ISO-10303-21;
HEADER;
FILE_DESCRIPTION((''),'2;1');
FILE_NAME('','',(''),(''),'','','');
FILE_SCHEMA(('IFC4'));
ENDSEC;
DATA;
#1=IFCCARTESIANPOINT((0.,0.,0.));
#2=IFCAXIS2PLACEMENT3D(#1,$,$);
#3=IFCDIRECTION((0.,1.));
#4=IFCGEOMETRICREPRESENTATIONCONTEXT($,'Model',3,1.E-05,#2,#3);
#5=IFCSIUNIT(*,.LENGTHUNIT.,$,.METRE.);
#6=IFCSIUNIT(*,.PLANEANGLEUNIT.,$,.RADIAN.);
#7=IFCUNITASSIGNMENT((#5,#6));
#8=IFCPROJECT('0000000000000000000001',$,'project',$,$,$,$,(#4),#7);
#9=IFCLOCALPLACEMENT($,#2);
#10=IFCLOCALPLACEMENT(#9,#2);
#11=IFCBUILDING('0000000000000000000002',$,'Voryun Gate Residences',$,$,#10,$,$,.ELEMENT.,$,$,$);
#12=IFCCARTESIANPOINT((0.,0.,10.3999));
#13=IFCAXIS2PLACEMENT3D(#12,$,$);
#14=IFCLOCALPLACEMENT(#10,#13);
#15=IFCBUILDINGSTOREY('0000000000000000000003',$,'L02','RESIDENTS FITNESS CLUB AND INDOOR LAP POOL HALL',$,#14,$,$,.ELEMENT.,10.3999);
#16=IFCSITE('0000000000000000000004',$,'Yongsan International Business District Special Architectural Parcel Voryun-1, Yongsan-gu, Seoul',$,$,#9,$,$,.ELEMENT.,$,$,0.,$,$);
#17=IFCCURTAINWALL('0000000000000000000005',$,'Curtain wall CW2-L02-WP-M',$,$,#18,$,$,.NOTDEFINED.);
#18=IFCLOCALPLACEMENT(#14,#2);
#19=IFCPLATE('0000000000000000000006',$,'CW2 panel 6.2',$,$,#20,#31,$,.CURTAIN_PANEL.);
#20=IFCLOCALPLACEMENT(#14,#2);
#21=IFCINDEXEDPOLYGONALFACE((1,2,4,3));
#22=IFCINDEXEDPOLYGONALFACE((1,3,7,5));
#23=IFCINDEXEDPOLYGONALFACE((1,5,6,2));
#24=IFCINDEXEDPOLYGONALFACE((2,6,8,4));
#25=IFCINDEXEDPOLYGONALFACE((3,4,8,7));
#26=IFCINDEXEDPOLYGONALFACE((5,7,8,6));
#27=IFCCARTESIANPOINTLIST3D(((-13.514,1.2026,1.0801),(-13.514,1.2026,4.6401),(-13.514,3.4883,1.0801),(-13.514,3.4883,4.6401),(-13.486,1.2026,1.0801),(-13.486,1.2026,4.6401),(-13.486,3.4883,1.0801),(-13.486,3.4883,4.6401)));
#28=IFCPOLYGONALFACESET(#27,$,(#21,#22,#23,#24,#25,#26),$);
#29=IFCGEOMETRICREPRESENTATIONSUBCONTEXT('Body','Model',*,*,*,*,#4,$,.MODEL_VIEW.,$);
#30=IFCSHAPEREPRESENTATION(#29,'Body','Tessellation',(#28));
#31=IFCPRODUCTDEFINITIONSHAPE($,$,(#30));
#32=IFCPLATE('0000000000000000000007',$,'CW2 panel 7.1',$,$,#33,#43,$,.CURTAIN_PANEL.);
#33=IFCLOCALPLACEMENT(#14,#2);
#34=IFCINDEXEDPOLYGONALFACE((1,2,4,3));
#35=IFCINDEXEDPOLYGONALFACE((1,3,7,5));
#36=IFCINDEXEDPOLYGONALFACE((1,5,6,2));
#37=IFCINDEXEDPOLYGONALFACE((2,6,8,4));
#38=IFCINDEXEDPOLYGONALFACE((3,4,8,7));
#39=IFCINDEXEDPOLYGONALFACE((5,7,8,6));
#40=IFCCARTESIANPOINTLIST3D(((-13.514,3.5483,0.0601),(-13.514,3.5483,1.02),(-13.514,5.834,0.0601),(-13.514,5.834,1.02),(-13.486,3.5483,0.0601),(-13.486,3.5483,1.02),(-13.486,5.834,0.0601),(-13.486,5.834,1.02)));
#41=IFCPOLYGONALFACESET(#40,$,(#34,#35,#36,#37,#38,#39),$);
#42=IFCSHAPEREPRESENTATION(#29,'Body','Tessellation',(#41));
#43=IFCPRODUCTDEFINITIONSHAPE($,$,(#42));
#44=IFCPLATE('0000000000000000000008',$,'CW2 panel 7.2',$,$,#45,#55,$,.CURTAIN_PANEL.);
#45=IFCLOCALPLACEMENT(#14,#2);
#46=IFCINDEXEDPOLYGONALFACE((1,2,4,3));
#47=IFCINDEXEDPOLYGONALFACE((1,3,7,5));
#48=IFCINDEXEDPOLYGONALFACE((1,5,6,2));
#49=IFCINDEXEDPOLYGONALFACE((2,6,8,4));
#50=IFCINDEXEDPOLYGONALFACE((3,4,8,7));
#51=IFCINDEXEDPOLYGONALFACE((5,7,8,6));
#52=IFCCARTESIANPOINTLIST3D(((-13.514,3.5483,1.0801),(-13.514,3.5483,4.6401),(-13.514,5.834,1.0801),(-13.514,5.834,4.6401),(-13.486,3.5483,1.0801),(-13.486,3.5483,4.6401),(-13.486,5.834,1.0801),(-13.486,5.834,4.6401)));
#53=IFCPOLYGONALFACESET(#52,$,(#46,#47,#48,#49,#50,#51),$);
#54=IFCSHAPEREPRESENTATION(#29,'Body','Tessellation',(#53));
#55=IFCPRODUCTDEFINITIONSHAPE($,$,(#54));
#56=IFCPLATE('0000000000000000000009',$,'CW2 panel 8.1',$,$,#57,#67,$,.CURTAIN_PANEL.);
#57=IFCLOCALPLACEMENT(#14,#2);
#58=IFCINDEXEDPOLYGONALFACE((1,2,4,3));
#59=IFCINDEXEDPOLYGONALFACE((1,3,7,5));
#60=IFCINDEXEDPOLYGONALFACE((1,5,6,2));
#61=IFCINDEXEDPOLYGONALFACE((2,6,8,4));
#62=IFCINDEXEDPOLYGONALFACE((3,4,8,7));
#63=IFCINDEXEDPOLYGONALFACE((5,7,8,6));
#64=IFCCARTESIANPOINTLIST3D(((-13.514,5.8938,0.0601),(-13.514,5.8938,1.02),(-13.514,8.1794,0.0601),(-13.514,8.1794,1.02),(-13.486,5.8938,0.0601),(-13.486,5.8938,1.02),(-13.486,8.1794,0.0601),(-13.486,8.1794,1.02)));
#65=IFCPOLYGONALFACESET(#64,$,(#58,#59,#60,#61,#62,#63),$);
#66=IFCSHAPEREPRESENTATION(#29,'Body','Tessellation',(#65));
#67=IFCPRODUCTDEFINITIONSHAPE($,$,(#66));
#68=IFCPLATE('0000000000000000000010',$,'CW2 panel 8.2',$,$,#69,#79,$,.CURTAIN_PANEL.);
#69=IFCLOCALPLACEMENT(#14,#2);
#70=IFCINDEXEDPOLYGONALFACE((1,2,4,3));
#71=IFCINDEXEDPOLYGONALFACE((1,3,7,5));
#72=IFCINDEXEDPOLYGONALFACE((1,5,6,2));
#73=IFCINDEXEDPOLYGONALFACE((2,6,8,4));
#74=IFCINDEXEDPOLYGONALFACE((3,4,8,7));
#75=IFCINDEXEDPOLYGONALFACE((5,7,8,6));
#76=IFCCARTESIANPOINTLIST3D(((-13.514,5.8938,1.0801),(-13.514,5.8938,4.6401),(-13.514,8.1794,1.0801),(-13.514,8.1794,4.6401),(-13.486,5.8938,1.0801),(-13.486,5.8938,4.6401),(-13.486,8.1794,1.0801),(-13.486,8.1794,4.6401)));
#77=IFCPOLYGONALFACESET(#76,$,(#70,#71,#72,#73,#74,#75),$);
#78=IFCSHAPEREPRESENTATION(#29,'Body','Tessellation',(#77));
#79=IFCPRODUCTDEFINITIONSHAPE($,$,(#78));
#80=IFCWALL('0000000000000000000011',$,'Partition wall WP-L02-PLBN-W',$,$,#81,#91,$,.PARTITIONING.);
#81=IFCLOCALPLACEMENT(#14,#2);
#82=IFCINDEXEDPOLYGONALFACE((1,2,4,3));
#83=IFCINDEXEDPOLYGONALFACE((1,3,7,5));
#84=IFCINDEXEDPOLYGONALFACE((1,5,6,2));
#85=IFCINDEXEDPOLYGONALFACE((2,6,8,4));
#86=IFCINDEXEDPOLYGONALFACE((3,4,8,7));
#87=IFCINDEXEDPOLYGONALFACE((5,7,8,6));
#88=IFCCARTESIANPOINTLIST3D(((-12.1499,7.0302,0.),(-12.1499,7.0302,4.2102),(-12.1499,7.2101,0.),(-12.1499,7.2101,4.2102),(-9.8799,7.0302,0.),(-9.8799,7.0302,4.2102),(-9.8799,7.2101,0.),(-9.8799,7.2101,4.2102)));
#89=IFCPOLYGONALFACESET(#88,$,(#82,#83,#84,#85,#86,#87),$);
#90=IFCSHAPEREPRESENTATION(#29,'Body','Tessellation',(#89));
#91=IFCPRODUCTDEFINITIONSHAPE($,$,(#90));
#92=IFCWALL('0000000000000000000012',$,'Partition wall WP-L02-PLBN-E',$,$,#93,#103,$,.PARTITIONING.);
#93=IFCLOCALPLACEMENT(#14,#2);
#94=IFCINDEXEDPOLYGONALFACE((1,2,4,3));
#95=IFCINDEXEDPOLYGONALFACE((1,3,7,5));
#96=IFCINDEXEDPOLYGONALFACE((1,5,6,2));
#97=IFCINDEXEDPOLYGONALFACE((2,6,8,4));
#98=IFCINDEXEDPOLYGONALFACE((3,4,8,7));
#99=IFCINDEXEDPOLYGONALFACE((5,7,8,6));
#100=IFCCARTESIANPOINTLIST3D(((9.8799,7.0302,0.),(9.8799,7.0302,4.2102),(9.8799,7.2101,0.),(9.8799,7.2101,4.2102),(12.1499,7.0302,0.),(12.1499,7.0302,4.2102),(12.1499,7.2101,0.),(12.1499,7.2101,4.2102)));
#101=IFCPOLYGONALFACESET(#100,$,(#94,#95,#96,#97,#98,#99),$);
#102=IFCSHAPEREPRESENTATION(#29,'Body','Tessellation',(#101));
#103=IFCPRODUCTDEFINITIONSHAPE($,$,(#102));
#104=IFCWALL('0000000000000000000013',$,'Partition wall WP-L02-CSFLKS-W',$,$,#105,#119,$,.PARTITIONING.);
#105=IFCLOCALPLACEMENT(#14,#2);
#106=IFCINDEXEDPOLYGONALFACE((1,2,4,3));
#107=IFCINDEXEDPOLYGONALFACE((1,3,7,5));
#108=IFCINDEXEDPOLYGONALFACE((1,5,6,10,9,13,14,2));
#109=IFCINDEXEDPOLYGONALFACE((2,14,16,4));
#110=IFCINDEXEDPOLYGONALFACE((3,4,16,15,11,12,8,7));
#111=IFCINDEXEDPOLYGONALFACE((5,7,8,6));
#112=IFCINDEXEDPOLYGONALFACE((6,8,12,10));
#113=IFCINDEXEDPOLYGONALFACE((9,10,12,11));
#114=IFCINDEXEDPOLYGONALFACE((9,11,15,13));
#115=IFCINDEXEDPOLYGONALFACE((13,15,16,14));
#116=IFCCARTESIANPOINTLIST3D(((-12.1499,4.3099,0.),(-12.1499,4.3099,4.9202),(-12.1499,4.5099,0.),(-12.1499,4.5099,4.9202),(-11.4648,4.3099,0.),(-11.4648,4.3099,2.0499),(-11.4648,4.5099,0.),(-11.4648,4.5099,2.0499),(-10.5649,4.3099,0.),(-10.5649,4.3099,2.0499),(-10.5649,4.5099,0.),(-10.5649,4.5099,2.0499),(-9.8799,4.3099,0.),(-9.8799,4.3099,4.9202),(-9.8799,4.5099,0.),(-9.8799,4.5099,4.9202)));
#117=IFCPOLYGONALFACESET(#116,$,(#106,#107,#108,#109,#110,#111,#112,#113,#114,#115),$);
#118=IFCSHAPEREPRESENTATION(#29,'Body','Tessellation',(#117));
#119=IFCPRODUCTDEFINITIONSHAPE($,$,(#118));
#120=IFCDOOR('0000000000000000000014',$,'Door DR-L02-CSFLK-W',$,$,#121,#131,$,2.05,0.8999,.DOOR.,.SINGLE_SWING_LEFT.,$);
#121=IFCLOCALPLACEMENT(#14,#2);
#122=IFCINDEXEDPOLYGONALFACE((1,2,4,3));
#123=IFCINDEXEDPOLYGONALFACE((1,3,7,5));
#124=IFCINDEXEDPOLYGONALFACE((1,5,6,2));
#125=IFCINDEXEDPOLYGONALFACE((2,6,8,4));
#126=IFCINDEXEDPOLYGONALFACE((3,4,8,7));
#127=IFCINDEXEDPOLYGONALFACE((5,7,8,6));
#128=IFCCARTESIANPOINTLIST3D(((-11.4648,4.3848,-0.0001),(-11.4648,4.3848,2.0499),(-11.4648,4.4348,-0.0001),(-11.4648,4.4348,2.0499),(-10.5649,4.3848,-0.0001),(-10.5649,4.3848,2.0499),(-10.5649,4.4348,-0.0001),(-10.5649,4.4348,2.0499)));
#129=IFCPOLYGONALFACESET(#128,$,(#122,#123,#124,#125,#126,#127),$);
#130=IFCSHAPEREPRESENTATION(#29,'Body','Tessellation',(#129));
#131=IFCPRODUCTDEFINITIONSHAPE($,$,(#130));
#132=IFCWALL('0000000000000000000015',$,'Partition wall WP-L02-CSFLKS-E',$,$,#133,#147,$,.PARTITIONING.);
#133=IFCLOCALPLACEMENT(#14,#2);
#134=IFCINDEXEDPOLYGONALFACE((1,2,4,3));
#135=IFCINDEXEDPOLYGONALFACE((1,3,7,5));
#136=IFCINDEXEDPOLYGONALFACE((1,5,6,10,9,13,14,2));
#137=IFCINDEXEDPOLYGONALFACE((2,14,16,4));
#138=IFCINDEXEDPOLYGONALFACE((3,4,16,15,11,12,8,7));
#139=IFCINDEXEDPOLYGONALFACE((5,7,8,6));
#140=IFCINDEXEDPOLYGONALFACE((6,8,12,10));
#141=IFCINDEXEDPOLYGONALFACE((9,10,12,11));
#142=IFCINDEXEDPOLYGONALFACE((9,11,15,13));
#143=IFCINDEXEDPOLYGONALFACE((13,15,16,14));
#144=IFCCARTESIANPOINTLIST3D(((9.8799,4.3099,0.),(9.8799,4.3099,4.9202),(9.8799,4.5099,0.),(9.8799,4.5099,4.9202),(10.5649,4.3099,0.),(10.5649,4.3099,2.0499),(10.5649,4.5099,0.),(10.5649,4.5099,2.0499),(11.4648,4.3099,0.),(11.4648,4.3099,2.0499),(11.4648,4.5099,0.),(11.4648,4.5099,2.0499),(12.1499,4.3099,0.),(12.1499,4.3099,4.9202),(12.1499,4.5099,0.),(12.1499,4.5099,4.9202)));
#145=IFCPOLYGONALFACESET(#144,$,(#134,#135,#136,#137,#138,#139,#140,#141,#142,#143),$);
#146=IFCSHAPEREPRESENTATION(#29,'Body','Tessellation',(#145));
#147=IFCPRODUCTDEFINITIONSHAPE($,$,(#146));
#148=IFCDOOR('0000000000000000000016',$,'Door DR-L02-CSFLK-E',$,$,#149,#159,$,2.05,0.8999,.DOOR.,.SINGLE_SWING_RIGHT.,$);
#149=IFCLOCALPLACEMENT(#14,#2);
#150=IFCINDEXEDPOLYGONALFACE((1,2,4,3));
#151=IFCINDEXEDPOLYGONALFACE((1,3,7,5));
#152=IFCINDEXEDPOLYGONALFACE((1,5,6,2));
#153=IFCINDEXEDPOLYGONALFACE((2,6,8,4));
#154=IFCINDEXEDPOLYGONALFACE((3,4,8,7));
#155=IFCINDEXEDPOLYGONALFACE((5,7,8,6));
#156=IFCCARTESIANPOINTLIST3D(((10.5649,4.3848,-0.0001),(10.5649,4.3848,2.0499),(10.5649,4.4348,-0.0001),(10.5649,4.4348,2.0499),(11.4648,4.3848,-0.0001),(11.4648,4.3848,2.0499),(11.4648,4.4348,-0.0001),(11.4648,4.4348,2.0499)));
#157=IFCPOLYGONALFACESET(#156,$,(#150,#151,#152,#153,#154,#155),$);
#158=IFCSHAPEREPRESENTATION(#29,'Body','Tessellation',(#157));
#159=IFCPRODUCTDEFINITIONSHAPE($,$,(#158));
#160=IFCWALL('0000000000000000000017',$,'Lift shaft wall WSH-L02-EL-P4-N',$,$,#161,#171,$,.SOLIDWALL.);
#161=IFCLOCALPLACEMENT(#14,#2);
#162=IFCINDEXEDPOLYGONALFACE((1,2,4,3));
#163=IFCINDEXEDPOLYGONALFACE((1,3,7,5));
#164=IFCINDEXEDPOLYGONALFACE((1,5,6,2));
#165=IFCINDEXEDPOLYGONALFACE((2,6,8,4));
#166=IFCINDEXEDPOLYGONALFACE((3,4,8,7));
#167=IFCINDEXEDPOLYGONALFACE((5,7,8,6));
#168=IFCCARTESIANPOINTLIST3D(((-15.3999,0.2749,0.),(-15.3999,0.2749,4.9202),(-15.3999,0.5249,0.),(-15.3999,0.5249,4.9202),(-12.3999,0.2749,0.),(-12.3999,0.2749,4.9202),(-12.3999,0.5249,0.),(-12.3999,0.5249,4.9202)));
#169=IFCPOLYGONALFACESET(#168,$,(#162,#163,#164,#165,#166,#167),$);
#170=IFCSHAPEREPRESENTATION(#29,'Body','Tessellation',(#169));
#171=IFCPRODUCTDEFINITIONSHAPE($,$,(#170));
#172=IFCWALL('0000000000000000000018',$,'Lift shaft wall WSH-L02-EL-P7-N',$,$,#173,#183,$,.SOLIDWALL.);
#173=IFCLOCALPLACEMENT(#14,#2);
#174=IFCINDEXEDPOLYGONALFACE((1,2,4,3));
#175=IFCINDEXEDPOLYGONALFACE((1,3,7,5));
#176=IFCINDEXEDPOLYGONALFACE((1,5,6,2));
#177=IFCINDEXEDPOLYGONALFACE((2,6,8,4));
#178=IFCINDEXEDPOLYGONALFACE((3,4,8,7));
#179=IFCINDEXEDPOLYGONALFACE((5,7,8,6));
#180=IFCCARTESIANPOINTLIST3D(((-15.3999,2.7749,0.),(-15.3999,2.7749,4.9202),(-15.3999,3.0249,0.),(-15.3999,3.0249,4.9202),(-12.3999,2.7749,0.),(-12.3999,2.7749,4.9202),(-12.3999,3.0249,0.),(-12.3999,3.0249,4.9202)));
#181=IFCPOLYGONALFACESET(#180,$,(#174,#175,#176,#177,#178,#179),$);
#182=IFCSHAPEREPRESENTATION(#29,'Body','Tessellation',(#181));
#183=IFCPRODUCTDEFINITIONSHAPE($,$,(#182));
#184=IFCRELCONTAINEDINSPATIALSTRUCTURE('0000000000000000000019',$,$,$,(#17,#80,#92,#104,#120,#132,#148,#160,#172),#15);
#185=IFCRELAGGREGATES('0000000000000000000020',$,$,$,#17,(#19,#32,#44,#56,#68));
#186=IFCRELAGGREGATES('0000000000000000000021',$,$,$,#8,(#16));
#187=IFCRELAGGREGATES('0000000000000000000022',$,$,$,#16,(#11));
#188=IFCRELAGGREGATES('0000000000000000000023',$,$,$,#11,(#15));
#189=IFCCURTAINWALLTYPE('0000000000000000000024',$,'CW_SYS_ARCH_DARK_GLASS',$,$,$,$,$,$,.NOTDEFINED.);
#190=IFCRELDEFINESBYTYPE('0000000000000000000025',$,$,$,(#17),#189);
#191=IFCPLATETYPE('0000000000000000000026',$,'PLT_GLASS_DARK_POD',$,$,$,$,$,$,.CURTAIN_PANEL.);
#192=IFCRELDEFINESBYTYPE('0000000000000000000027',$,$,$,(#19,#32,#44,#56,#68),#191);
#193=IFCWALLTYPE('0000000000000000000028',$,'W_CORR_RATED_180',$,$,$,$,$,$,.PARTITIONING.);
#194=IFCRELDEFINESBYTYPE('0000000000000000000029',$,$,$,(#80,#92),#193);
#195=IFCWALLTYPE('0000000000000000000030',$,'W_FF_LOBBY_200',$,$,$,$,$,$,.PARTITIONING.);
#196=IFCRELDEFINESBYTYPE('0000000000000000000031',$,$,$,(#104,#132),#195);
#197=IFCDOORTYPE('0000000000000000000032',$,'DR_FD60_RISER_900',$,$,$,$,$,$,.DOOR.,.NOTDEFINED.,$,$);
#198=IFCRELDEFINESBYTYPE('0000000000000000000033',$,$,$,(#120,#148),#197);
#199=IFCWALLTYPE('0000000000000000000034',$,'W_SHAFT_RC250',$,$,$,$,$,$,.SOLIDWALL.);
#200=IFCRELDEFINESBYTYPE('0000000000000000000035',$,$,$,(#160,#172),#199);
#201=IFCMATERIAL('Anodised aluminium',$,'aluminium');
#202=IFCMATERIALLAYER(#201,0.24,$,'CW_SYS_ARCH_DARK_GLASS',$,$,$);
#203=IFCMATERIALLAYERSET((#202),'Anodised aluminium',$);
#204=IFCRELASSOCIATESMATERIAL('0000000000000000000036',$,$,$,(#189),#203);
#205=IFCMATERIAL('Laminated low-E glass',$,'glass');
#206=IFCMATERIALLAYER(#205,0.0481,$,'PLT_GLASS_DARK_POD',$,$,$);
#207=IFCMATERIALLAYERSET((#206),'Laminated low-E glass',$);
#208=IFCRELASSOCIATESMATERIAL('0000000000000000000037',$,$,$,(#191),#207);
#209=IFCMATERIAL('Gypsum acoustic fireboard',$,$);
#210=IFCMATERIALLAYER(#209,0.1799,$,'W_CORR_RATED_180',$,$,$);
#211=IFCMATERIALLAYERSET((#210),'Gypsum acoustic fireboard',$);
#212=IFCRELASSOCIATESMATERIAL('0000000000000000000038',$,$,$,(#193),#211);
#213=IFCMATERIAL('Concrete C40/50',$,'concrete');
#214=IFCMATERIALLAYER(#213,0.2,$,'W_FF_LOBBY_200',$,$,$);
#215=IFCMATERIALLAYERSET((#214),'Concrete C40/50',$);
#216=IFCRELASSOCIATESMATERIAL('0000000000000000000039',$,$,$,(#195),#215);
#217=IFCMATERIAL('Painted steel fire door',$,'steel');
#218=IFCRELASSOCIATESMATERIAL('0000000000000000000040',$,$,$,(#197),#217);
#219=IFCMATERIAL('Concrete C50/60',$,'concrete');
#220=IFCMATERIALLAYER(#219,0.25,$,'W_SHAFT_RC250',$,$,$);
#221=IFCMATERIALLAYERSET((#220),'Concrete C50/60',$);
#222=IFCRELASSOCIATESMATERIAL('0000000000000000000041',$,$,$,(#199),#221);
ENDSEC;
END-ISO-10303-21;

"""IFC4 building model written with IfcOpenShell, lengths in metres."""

from ifc_helpers import new_model, si_unit, direction, frame, frame_2d, origin, origin_2d, place, context, subcontext, project, spatial, rectangle, extrude, material, layer, layer_set, type_object, element, fill, aggregate, save


model = new_model("IFC4")

# Units and contexts
model_context = context("Model", 3, precision=1e-05, world=origin(), true_north=direction((0.0, 1.0)))
body_context = subcontext(model_context, "Body", "Model", "MODEL_VIEW")
ifc_project = project(units=[si_unit("LENGTHUNIT", "METRE"), si_unit("PLANEANGLEUNIT", "RADIAN")], contexts=[model_context])

# Site, building, storey
site_placement = place(None, origin())
site = spatial("IfcSite", under=ifc_project, at=site_placement, Name="Yongsan International Business District Special Architectural Parcel Voryun-1, Yongsan-gu, Seoul", CompositionType="ELEMENT", RefElevation=0.0)
building_placement = place(site_placement, origin())
building = spatial("IfcBuilding", under=site, at=building_placement, Name="Voryun Gate Residences", CompositionType="ELEMENT")
storey_placement = place(building_placement, frame((0.0, 0.0, 10.3999)))
storey = spatial("IfcBuildingStorey", under=building, at=storey_placement, Name="L02", Description="RESIDENTS FITNESS CLUB AND INDOOR LAP POOL HALL", CompositionType="ELEMENT", Elevation=10.3999)

# Curtain wall, plates
ifc_material_1 = material(Name="Anodised aluminium", Category="aluminium")
ifc_layer_1 = layer(ifc_material_1, 0.24, Name="CW_SYS_ARCH_DARK_GLASS")
ifc_layer_set_1 = layer_set([ifc_layer_1], Name="Anodised aluminium")
curtain_wall_type = type_object("IfcCurtainWallType", Name="CW_SYS_ARCH_DARK_GLASS", PredefinedType="NOTDEFINED", material=ifc_layer_set_1)
curtain_wall_placement = place(storey_placement, origin())
curtain_wall = element("IfcCurtainWall", 1, at=curtain_wall_placement, inside=storey, type_object=curtain_wall_type, Name="Curtain wall CW2-L02-WP-M", PredefinedType="NOTDEFINED")
ifc_material_2 = material(Name="Laminated low-E glass", Category="glass")
ifc_layer_2 = layer(ifc_material_2, 0.0481, Name="PLT_GLASS_DARK_POD")
ifc_layer_set_2 = layer_set([ifc_layer_2], Name="Laminated low-E glass")
plate_type = type_object("IfcPlateType", Name="PLT_GLASS_DARK_POD", PredefinedType="CURTAIN_PANEL", material=ifc_layer_set_2)
plate_1_placement = place(storey_placement, frame((-13.5, 2.3455, 1.0801), z_axis=(0.0, 0.0, 1.0), x_axis=(0.0, 1.0, 0.0)))
plate_1 = element("IfcPlate", 2, at=plate_1_placement, type_object=plate_type, Name="CW2 panel 6.2", PredefinedType="CURTAIN_PANEL", context=body_context, shape_type="SweptSolid", body=[
    extrude(rectangle(XDim=2.2856, YDim=0.0281, at=origin_2d()), origin(), (0.0, 0.0, 1.0), 3.5601),
])
plate_2_placement = place(storey_placement, frame((-13.5, 4.6912, 0.0601), z_axis=(0.0, 0.0, 1.0), x_axis=(0.0, 1.0, 0.0)))
plate_2 = element("IfcPlate", 3, at=plate_2_placement, type_object=plate_type, Name="CW2 panel 7.1", PredefinedType="CURTAIN_PANEL", context=body_context, shape_type="SweptSolid", body=[
    extrude(rectangle(XDim=2.2856, YDim=0.0281, at=origin_2d()), origin(), (0.0, 0.0, 1.0), 0.96),
])
plate_3_placement = place(storey_placement, frame((-13.5, 4.6912, 1.0801), z_axis=(0.0, 0.0, 1.0), x_axis=(0.0, 1.0, 0.0)))
plate_3 = element("IfcPlate", 4, at=plate_3_placement, type_object=plate_type, Name="CW2 panel 7.2", PredefinedType="CURTAIN_PANEL", context=body_context, shape_type="SweptSolid", body=[
    extrude(rectangle(XDim=2.2856, YDim=0.0281, at=origin_2d()), origin(), (0.0, 0.0, 1.0), 3.5601),
])
plate_4_placement = place(storey_placement, frame((-13.5, 7.0366, 0.0601), z_axis=(0.0, 0.0, 1.0), x_axis=(0.0, 1.0, 0.0)))
plate_4 = element("IfcPlate", 5, at=plate_4_placement, type_object=plate_type, Name="CW2 panel 8.1", PredefinedType="CURTAIN_PANEL", context=body_context, shape_type="SweptSolid", body=[
    extrude(rectangle(XDim=2.2856, YDim=0.0281, at=origin_2d()), origin(), (0.0, 0.0, 1.0), 0.96),
])
plate_5_placement = place(storey_placement, frame((-13.5, 7.0366, 1.0801), z_axis=(0.0, 0.0, 1.0), x_axis=(0.0, 1.0, 0.0)))
plate_5 = element("IfcPlate", 6, at=plate_5_placement, type_object=plate_type, Name="CW2 panel 8.2", PredefinedType="CURTAIN_PANEL", context=body_context, shape_type="SweptSolid", body=[
    extrude(rectangle(XDim=2.2856, YDim=0.0281, at=origin_2d()), origin(), (0.0, 0.0, 1.0), 3.5601),
])
aggregate(curtain_wall, [plate_1, plate_2, plate_3, plate_4, plate_5])

# Walls
ifc_material_3 = material(Name="Gypsum acoustic fireboard")
ifc_layer_3 = layer(ifc_material_3, 0.1799, Name="W_CORR_RATED_180")
ifc_layer_set_3 = layer_set([ifc_layer_3], Name="Gypsum acoustic fireboard")
wall_type_1 = type_object("IfcWallType", Name="W_CORR_RATED_180", PredefinedType="PARTITIONING", material=ifc_layer_set_3)
for number, where, z_axis, x_axis, name in (
    (7, (-12.1499, 7.1201, 0.0), (0.0, 0.0, 1.0), (1.0, 0.0, 0.0), "Partition wall WP-L02-PLBN-W"),
    (8, (9.8799, 7.1201, 0.0), (0.0, 0.0, 1.0), (1.0, 0.0, 0.0), "Partition wall WP-L02-PLBN-E"),
):
    element("IfcWall", number, at=place(storey_placement, frame(where, z_axis=z_axis, x_axis=x_axis)), inside=storey, type_object=wall_type_1, Name=name, PredefinedType="PARTITIONING", context=body_context, shape_type="SweptSolid", body=[
        extrude(rectangle(XDim=2.27, YDim=0.1799, at=frame_2d((1.135, 0.0))), origin(), (0.0, 0.0, 1.0), 4.2102),
    ])

# Walls, openings, doors
ifc_material_4 = material(Name="Concrete C40/50", Category="concrete")
ifc_layer_4 = layer(ifc_material_4, 0.2, Name="W_FF_LOBBY_200")
ifc_layer_set_4 = layer_set([ifc_layer_4], Name="Concrete C40/50")
wall_type_2 = type_object("IfcWallType", Name="W_FF_LOBBY_200", PredefinedType="PARTITIONING", material=ifc_layer_set_4)
wall_1_placement = place(storey_placement, frame((-12.1499, 4.4099, 0.0), z_axis=(0.0, 0.0, 1.0), x_axis=(1.0, 0.0, 0.0)))
wall_1 = element("IfcWall", 9, at=wall_1_placement, inside=storey, type_object=wall_type_2, Name="Partition wall WP-L02-CSFLKS-W", PredefinedType="PARTITIONING", context=body_context, shape_type="SweptSolid", body=[
    extrude(rectangle(XDim=2.27, YDim=0.2, at=frame_2d((1.135, 0.0))), origin(), (0.0, 0.0, 1.0), 4.9202),
])
opening_1_placement = place(wall_1_placement, frame((0.6851, 0.0, 0.0)))
opening_1 = element("IfcOpeningElement", 10, at=opening_1_placement, cuts=wall_1, PredefinedType="OPENING", context=body_context, shape_type="SweptSolid", body=[
    extrude(rectangle(XDim=0.8999, YDim=2.05, at=frame_2d((0.45, 1.0249))), frame((0.0, 0.1101, 0.0), z_axis=(0.0, -1.0, 0.0), x_axis=(1.0, 0.0, 0.0)), (0.0, 0.0, 1.0), 0.22),
])
ifc_material_5 = material(Name="Painted steel fire door", Category="steel")
door_type = type_object("IfcDoorType", Name="DR_FD60_RISER_900", OperationType="NOTDEFINED", PredefinedType="DOOR", material=ifc_material_5)
door_1_placement = place(opening_1_placement, origin())
door_1 = element("IfcDoor", 11, at=door_1_placement, inside=storey, type_object=door_type, Name="Door DR-L02-CSFLK-W", OperationType="SINGLE_SWING_LEFT", OverallHeight=2.05, OverallWidth=0.8999, PredefinedType="DOOR", context=body_context, shape_type="SweptSolid", body=[
    extrude(rectangle(XDim=0.8999, YDim=2.05, at=frame_2d((0.45, 1.0249))), frame((0.0, 0.0249, 0.0), z_axis=(0.0, -1.0, 0.0), x_axis=(1.0, 0.0, 0.0)), (0.0, 0.0, 1.0), 0.05),
])
fill(opening_1, door_1)
wall_2_placement = place(storey_placement, frame((9.8799, 4.4099, 0.0), z_axis=(0.0, 0.0, 1.0), x_axis=(1.0, 0.0, 0.0)))
wall_2 = element("IfcWall", 12, at=wall_2_placement, inside=storey, type_object=wall_type_2, Name="Partition wall WP-L02-CSFLKS-E", PredefinedType="PARTITIONING", context=body_context, shape_type="SweptSolid", body=[
    extrude(rectangle(XDim=2.27, YDim=0.2, at=frame_2d((1.135, 0.0))), origin(), (0.0, 0.0, 1.0), 4.9202),
])
opening_2_placement = place(wall_2_placement, frame((0.6851, 0.0, 0.0)))
opening_2 = element("IfcOpeningElement", 13, at=opening_2_placement, cuts=wall_2, PredefinedType="OPENING", context=body_context, shape_type="SweptSolid", body=[
    extrude(rectangle(XDim=0.8999, YDim=2.05, at=frame_2d((0.45, 1.0249))), frame((0.0, 0.1101, 0.0), z_axis=(0.0, -1.0, 0.0), x_axis=(1.0, 0.0, 0.0)), (0.0, 0.0, 1.0), 0.22),
])
door_2_placement = place(opening_2_placement, origin())
door_2 = element("IfcDoor", 14, at=door_2_placement, inside=storey, type_object=door_type, Name="Door DR-L02-CSFLK-E", OperationType="SINGLE_SWING_RIGHT", OverallHeight=2.05, OverallWidth=0.8999, PredefinedType="DOOR", context=body_context, shape_type="SweptSolid", body=[
    extrude(rectangle(XDim=0.8999, YDim=2.05, at=frame_2d((0.45, 1.0249))), frame((0.0, 0.0249, 0.0), z_axis=(0.0, -1.0, 0.0), x_axis=(1.0, 0.0, 0.0)), (0.0, 0.0, 1.0), 0.05),
])
fill(opening_2, door_2)

# Walls
ifc_material_6 = material(Name="Concrete C50/60", Category="concrete")
ifc_layer_5 = layer(ifc_material_6, 0.25, Name="W_SHAFT_RC250")
ifc_layer_set_5 = layer_set([ifc_layer_5], Name="Concrete C50/60")
wall_type_3 = type_object("IfcWallType", Name="W_SHAFT_RC250", PredefinedType="SOLIDWALL", material=ifc_layer_set_5)
for number, where, z_axis, x_axis, name in (
    (15, (-12.3999, 0.3999, 0.0), (0.0, 0.0, 1.0), (-1.0, 0.0, 0.0), "Lift shaft wall WSH-L02-EL-P4-N"),
    (16, (-12.3999, 2.8999, 0.0), (0.0, 0.0, 1.0), (-1.0, 0.0, 0.0), "Lift shaft wall WSH-L02-EL-P7-N"),
):
    element("IfcWall", number, at=place(storey_placement, frame(where, z_axis=z_axis, x_axis=x_axis)), inside=storey, type_object=wall_type_3, Name=name, PredefinedType="SOLIDWALL", context=body_context, shape_type="SweptSolid", body=[
        extrude(rectangle(XDim=3.0, YDim=0.25, at=frame_2d((1.5, 0.0))), origin(), (0.0, 0.0, 1.0), 4.9202),
    ])

save(model, "model.ifc")
